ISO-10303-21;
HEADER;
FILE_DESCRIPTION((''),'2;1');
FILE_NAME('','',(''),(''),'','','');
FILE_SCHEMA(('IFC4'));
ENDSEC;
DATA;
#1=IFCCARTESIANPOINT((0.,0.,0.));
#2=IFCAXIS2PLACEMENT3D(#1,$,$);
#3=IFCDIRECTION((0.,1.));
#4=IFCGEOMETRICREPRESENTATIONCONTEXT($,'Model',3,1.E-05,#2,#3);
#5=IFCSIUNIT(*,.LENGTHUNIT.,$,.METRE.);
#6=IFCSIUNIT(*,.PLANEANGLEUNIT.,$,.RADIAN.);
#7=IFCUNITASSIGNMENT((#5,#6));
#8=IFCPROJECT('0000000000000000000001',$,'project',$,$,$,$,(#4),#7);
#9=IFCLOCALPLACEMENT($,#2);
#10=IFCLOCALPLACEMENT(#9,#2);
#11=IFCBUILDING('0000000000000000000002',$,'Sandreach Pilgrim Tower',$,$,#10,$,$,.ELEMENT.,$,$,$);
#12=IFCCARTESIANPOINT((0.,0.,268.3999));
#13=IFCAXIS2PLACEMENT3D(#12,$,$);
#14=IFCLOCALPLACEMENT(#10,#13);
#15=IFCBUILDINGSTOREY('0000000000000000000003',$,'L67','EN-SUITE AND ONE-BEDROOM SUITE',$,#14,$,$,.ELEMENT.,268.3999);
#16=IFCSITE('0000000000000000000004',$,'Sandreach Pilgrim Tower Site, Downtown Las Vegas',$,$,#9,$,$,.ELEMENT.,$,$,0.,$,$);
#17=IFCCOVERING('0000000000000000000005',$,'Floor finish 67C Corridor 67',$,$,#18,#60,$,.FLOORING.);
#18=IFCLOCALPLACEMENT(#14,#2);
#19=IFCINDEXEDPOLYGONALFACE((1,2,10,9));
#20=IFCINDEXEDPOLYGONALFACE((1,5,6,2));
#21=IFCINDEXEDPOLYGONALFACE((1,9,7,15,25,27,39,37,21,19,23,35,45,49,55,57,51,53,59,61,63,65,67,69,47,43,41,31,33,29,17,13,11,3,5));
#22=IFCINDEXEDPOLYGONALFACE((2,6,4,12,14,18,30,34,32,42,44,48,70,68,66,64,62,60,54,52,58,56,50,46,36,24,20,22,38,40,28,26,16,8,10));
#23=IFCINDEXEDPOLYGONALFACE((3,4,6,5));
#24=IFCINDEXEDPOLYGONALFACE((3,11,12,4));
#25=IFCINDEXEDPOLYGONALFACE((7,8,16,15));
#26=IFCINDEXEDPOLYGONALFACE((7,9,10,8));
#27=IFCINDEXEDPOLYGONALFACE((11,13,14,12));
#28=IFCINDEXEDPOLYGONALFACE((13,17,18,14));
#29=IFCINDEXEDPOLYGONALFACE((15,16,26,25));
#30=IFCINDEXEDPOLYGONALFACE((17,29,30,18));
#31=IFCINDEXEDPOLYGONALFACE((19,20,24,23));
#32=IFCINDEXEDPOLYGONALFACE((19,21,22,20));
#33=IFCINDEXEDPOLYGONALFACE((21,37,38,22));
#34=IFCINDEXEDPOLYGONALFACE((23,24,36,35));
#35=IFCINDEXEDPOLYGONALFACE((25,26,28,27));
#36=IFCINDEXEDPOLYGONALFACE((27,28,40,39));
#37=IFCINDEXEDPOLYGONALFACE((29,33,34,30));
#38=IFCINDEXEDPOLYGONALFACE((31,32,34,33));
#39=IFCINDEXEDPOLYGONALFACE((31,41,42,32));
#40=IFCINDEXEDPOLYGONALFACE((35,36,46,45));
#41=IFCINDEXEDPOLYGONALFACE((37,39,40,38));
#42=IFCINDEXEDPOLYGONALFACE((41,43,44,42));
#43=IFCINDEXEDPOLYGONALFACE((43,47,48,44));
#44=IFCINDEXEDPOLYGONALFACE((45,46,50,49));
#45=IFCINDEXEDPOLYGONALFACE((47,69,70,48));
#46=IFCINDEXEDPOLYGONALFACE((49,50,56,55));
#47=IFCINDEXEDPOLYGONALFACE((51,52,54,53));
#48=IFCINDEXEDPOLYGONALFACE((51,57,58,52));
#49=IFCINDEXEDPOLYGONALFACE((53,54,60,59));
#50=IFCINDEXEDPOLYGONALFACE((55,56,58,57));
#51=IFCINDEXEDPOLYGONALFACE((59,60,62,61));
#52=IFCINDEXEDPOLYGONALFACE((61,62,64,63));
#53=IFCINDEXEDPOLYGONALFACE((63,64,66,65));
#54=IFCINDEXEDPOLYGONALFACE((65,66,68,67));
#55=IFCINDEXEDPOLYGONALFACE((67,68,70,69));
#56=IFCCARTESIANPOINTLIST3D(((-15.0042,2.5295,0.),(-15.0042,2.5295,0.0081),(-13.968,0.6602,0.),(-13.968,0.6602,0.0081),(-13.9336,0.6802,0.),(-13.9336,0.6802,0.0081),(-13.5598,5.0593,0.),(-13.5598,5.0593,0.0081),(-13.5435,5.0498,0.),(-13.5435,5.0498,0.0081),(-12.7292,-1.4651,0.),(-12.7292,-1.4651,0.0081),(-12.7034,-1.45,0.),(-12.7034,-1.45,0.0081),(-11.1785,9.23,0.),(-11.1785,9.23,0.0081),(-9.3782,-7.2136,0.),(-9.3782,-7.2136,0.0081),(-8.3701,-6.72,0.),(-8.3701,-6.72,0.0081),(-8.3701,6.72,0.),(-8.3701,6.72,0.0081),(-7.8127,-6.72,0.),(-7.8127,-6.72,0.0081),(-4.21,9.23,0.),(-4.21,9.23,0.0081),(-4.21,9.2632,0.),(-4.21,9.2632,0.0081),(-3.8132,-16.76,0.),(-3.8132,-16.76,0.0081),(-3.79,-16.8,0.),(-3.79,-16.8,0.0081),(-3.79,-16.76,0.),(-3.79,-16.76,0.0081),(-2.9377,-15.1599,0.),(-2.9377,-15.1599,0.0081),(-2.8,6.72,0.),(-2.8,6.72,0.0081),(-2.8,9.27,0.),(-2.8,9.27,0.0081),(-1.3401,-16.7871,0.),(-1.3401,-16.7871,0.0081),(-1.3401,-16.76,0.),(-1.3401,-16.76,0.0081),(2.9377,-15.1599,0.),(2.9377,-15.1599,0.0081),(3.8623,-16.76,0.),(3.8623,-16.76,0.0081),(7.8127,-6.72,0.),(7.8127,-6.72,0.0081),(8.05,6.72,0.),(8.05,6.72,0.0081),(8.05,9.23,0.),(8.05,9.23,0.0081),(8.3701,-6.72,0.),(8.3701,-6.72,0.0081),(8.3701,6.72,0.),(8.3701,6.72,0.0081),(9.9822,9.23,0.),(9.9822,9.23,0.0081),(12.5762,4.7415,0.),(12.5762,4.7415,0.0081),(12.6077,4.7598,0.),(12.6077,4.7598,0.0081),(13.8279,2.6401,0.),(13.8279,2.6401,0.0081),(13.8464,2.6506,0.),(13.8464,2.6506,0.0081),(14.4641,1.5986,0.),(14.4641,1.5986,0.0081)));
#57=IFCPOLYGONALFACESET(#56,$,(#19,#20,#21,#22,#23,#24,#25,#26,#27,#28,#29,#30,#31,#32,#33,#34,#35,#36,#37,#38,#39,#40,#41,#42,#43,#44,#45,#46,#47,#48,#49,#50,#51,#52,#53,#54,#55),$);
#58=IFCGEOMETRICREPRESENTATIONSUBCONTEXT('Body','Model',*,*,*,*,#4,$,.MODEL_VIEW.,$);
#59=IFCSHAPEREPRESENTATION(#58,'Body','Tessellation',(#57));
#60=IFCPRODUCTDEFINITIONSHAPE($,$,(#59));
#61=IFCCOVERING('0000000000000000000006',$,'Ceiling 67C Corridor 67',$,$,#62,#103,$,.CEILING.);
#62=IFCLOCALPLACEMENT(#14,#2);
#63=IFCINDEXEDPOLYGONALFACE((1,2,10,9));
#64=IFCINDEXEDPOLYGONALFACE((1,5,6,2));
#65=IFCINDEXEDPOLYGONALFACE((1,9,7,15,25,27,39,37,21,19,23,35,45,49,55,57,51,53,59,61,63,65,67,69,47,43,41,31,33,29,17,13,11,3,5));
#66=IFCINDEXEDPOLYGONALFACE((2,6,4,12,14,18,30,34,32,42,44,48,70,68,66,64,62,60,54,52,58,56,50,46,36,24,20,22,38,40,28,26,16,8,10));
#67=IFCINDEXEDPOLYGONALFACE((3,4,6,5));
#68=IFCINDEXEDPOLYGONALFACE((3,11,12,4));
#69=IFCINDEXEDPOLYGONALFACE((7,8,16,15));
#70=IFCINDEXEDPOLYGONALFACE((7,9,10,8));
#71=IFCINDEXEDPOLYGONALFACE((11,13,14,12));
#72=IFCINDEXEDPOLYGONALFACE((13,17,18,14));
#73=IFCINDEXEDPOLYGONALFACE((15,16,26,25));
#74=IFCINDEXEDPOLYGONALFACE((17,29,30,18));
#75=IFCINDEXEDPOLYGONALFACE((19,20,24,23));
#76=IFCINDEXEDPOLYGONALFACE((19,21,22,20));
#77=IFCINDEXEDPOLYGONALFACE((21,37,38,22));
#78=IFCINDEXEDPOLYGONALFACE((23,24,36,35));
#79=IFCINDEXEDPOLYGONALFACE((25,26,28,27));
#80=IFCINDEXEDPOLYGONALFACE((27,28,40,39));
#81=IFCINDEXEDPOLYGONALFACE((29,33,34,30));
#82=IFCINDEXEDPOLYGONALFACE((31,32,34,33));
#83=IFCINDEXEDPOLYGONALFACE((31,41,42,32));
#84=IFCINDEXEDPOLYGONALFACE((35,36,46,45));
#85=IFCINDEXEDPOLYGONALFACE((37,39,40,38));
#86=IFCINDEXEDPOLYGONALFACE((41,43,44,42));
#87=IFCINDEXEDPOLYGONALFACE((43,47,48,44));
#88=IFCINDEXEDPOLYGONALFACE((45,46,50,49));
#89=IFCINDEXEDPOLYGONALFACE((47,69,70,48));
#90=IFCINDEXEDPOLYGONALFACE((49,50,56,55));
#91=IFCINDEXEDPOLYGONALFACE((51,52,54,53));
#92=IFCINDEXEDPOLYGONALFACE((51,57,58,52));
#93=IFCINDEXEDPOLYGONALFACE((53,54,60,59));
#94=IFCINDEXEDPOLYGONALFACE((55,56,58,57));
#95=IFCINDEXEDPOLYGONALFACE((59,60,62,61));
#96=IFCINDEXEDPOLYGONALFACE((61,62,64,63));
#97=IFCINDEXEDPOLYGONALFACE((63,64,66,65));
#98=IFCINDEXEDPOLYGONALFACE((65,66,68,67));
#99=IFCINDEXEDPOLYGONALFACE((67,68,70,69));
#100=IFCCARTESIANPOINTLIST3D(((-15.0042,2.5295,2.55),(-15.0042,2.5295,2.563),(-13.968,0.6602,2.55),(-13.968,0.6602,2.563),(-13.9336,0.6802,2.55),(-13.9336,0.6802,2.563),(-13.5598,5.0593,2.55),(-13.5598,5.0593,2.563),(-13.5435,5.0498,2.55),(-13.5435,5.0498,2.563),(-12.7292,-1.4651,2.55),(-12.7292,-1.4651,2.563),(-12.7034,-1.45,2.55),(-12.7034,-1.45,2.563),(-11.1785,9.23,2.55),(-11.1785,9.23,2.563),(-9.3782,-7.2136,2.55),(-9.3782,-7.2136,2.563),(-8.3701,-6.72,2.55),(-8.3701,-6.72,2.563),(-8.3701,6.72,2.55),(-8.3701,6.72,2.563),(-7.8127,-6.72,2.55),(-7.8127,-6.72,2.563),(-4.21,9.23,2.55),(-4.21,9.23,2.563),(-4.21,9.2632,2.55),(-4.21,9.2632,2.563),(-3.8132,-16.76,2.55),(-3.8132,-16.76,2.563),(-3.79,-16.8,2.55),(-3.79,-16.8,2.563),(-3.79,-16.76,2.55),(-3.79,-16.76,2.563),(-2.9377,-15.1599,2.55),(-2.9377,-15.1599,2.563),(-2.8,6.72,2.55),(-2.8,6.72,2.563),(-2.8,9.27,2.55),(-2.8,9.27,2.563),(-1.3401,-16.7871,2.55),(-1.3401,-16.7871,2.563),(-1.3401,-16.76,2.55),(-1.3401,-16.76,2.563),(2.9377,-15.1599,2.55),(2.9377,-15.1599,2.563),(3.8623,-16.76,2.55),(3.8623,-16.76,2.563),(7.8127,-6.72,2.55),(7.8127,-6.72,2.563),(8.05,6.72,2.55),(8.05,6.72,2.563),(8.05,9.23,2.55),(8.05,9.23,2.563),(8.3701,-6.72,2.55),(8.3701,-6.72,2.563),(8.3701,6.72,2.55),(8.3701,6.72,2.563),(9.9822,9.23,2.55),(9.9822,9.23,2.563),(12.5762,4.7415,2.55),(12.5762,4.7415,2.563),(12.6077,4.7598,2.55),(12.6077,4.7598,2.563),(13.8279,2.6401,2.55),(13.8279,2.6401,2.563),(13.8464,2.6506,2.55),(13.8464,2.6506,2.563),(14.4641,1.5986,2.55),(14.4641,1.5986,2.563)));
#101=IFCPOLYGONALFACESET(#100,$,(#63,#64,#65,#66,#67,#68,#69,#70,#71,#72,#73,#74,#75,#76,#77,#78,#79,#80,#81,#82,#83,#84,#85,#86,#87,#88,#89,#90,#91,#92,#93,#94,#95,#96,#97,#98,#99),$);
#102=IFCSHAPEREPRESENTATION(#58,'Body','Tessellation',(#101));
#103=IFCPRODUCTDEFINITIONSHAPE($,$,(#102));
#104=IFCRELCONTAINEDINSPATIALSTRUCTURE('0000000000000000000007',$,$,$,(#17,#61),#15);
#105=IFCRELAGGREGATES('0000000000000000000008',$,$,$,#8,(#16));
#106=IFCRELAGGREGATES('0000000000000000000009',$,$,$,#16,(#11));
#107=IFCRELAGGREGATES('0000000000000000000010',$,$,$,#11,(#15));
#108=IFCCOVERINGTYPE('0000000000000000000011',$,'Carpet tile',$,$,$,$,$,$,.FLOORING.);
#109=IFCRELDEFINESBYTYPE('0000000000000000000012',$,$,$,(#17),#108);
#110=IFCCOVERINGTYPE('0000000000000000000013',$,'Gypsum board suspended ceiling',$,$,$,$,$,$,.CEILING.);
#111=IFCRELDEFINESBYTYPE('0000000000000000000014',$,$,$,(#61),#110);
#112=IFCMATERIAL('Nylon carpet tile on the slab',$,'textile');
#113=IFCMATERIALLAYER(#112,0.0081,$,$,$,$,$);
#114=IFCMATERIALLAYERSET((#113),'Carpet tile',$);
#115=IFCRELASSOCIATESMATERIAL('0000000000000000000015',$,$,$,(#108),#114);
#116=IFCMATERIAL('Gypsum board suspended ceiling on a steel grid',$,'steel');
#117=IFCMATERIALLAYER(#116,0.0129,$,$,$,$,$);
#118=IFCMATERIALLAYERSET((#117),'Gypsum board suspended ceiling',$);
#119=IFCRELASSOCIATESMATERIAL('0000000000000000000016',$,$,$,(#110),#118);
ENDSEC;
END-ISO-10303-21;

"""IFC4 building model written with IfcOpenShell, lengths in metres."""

from ifc_helpers import new_model, si_unit, direction, frame, origin, place, context, subcontext, project, spatial, polyline, outline, extrude, material, layer, layer_set, type_object, element, save


model = new_model("IFC4")

# Units and contexts
model_context = context("Model", 3, precision=1e-05, world=origin(), true_north=direction((0.0, 1.0)))
body_context = subcontext(model_context, "Body", "Model", "MODEL_VIEW")
ifc_project = project(units=[si_unit("LENGTHUNIT", "METRE"), si_unit("PLANEANGLEUNIT", "RADIAN")], contexts=[model_context])

# Site, building, storey
site_placement = place(None, origin())
site = spatial("IfcSite", under=ifc_project, at=site_placement, Name="Sandreach Pilgrim Tower Site, Downtown Las Vegas", CompositionType="ELEMENT", RefElevation=0.0)
building_placement = place(site_placement, origin())
building = spatial("IfcBuilding", under=site, at=building_placement, Name="Sandreach Pilgrim Tower", CompositionType="ELEMENT")
storey_placement = place(building_placement, frame((0.0, 0.0, 268.3999)))
storey = spatial("IfcBuildingStorey", under=building, at=storey_placement, Name="L67", Description="EN-SUITE AND ONE-BEDROOM SUITE", CompositionType="ELEMENT", Elevation=268.3999)

# Coverings
ifc_material_1 = material(Name="Nylon carpet tile on the slab", Category="textile")
ifc_layer_1 = layer(ifc_material_1, 0.0081)
ifc_layer_set_1 = layer_set([ifc_layer_1], Name="Carpet tile")
covering_type_1 = type_object("IfcCoveringType", Name="Carpet tile", PredefinedType="FLOORING", material=ifc_layer_set_1)
covering_1_placement = place(storey_placement, origin())
element("IfcCovering", 1, at=covering_1_placement, inside=storey, type_object=covering_type_1, Name="Floor finish 67C Corridor 67", PredefinedType="FLOORING", context=body_context, shape_type="SweptSolid", body=[
    extrude(outline(polyline([(-15.0042, 2.5295), (-13.5435, 5.0498), (-13.5598, 5.0593), (-11.1785, 9.23), (-4.21, 9.23), (-4.21, 9.2632), (-2.8, 9.27), (-2.8, 6.72), (-8.3701, 6.72), (-8.3701, -6.72), (-7.8127, -6.72), (-2.9377, -15.1599), (2.9377, -15.1599), (7.8127, -6.72), (8.3701, -6.72), (8.3701, 6.72), (8.05, 6.72), (8.05, 9.23), (9.9822, 9.23), (12.5762, 4.7415), (12.6077, 4.7598), (13.8279, 2.6401), (13.8464, 2.6506), (14.4641, 1.5986), (3.8623, -16.76), (-1.3401, -16.76), (-1.3401, -16.7871), (-3.79, -16.8), (-3.79, -16.76), (-3.8132, -16.76), (-9.3782, -7.2136), (-12.7034, -1.45), (-12.7292, -1.4651), (-13.968, 0.6602), (-13.9336, 0.6802), (-15.0042, 2.5295)])), origin(), (0.0, 0.0, 1.0), 0.0081),
])
ifc_material_2 = material(Name="Gypsum board suspended ceiling on a steel grid", Category="steel")
ifc_layer_2 = layer(ifc_material_2, 0.0129)
ifc_layer_set_2 = layer_set([ifc_layer_2], Name="Gypsum board suspended ceiling")
covering_type_2 = type_object("IfcCoveringType", Name="Gypsum board suspended ceiling", PredefinedType="CEILING", material=ifc_layer_set_2)
covering_2_placement = place(storey_placement, frame((0.0, 0.0, 2.55)))
element("IfcCovering", 2, at=covering_2_placement, inside=storey, type_object=covering_type_2, Name="Ceiling 67C Corridor 67", PredefinedType="CEILING", context=body_context, shape_type="SweptSolid", body=[
    extrude(outline(polyline([(-15.0042, 2.5295), (-13.5435, 5.0498), (-13.5598, 5.0593), (-11.1785, 9.23), (-4.21, 9.23), (-4.21, 9.2632), (-2.8, 9.27), (-2.8, 6.72), (-8.3701, 6.72), (-8.3701, -6.72), (-7.8127, -6.72), (-2.9377, -15.1599), (2.9377, -15.1599), (7.8127, -6.72), (8.3701, -6.72), (8.3701, 6.72), (8.05, 6.72), (8.05, 9.23), (9.9822, 9.23), (12.5762, 4.7415), (12.6077, 4.7598), (13.8279, 2.6401), (13.8464, 2.6506), (14.4641, 1.5986), (3.8623, -16.76), (-1.3401, -16.76), (-1.3401, -16.7871), (-3.79, -16.8), (-3.79, -16.76), (-3.8132, -16.76), (-9.3782, -7.2136), (-12.7034, -1.45), (-12.7292, -1.4651), (-13.968, 0.6602), (-13.9336, 0.6802), (-15.0042, 2.5295)])), origin(), (0.0, 0.0, 1.0), 0.0129),
])

save(model, "model.ifc")
